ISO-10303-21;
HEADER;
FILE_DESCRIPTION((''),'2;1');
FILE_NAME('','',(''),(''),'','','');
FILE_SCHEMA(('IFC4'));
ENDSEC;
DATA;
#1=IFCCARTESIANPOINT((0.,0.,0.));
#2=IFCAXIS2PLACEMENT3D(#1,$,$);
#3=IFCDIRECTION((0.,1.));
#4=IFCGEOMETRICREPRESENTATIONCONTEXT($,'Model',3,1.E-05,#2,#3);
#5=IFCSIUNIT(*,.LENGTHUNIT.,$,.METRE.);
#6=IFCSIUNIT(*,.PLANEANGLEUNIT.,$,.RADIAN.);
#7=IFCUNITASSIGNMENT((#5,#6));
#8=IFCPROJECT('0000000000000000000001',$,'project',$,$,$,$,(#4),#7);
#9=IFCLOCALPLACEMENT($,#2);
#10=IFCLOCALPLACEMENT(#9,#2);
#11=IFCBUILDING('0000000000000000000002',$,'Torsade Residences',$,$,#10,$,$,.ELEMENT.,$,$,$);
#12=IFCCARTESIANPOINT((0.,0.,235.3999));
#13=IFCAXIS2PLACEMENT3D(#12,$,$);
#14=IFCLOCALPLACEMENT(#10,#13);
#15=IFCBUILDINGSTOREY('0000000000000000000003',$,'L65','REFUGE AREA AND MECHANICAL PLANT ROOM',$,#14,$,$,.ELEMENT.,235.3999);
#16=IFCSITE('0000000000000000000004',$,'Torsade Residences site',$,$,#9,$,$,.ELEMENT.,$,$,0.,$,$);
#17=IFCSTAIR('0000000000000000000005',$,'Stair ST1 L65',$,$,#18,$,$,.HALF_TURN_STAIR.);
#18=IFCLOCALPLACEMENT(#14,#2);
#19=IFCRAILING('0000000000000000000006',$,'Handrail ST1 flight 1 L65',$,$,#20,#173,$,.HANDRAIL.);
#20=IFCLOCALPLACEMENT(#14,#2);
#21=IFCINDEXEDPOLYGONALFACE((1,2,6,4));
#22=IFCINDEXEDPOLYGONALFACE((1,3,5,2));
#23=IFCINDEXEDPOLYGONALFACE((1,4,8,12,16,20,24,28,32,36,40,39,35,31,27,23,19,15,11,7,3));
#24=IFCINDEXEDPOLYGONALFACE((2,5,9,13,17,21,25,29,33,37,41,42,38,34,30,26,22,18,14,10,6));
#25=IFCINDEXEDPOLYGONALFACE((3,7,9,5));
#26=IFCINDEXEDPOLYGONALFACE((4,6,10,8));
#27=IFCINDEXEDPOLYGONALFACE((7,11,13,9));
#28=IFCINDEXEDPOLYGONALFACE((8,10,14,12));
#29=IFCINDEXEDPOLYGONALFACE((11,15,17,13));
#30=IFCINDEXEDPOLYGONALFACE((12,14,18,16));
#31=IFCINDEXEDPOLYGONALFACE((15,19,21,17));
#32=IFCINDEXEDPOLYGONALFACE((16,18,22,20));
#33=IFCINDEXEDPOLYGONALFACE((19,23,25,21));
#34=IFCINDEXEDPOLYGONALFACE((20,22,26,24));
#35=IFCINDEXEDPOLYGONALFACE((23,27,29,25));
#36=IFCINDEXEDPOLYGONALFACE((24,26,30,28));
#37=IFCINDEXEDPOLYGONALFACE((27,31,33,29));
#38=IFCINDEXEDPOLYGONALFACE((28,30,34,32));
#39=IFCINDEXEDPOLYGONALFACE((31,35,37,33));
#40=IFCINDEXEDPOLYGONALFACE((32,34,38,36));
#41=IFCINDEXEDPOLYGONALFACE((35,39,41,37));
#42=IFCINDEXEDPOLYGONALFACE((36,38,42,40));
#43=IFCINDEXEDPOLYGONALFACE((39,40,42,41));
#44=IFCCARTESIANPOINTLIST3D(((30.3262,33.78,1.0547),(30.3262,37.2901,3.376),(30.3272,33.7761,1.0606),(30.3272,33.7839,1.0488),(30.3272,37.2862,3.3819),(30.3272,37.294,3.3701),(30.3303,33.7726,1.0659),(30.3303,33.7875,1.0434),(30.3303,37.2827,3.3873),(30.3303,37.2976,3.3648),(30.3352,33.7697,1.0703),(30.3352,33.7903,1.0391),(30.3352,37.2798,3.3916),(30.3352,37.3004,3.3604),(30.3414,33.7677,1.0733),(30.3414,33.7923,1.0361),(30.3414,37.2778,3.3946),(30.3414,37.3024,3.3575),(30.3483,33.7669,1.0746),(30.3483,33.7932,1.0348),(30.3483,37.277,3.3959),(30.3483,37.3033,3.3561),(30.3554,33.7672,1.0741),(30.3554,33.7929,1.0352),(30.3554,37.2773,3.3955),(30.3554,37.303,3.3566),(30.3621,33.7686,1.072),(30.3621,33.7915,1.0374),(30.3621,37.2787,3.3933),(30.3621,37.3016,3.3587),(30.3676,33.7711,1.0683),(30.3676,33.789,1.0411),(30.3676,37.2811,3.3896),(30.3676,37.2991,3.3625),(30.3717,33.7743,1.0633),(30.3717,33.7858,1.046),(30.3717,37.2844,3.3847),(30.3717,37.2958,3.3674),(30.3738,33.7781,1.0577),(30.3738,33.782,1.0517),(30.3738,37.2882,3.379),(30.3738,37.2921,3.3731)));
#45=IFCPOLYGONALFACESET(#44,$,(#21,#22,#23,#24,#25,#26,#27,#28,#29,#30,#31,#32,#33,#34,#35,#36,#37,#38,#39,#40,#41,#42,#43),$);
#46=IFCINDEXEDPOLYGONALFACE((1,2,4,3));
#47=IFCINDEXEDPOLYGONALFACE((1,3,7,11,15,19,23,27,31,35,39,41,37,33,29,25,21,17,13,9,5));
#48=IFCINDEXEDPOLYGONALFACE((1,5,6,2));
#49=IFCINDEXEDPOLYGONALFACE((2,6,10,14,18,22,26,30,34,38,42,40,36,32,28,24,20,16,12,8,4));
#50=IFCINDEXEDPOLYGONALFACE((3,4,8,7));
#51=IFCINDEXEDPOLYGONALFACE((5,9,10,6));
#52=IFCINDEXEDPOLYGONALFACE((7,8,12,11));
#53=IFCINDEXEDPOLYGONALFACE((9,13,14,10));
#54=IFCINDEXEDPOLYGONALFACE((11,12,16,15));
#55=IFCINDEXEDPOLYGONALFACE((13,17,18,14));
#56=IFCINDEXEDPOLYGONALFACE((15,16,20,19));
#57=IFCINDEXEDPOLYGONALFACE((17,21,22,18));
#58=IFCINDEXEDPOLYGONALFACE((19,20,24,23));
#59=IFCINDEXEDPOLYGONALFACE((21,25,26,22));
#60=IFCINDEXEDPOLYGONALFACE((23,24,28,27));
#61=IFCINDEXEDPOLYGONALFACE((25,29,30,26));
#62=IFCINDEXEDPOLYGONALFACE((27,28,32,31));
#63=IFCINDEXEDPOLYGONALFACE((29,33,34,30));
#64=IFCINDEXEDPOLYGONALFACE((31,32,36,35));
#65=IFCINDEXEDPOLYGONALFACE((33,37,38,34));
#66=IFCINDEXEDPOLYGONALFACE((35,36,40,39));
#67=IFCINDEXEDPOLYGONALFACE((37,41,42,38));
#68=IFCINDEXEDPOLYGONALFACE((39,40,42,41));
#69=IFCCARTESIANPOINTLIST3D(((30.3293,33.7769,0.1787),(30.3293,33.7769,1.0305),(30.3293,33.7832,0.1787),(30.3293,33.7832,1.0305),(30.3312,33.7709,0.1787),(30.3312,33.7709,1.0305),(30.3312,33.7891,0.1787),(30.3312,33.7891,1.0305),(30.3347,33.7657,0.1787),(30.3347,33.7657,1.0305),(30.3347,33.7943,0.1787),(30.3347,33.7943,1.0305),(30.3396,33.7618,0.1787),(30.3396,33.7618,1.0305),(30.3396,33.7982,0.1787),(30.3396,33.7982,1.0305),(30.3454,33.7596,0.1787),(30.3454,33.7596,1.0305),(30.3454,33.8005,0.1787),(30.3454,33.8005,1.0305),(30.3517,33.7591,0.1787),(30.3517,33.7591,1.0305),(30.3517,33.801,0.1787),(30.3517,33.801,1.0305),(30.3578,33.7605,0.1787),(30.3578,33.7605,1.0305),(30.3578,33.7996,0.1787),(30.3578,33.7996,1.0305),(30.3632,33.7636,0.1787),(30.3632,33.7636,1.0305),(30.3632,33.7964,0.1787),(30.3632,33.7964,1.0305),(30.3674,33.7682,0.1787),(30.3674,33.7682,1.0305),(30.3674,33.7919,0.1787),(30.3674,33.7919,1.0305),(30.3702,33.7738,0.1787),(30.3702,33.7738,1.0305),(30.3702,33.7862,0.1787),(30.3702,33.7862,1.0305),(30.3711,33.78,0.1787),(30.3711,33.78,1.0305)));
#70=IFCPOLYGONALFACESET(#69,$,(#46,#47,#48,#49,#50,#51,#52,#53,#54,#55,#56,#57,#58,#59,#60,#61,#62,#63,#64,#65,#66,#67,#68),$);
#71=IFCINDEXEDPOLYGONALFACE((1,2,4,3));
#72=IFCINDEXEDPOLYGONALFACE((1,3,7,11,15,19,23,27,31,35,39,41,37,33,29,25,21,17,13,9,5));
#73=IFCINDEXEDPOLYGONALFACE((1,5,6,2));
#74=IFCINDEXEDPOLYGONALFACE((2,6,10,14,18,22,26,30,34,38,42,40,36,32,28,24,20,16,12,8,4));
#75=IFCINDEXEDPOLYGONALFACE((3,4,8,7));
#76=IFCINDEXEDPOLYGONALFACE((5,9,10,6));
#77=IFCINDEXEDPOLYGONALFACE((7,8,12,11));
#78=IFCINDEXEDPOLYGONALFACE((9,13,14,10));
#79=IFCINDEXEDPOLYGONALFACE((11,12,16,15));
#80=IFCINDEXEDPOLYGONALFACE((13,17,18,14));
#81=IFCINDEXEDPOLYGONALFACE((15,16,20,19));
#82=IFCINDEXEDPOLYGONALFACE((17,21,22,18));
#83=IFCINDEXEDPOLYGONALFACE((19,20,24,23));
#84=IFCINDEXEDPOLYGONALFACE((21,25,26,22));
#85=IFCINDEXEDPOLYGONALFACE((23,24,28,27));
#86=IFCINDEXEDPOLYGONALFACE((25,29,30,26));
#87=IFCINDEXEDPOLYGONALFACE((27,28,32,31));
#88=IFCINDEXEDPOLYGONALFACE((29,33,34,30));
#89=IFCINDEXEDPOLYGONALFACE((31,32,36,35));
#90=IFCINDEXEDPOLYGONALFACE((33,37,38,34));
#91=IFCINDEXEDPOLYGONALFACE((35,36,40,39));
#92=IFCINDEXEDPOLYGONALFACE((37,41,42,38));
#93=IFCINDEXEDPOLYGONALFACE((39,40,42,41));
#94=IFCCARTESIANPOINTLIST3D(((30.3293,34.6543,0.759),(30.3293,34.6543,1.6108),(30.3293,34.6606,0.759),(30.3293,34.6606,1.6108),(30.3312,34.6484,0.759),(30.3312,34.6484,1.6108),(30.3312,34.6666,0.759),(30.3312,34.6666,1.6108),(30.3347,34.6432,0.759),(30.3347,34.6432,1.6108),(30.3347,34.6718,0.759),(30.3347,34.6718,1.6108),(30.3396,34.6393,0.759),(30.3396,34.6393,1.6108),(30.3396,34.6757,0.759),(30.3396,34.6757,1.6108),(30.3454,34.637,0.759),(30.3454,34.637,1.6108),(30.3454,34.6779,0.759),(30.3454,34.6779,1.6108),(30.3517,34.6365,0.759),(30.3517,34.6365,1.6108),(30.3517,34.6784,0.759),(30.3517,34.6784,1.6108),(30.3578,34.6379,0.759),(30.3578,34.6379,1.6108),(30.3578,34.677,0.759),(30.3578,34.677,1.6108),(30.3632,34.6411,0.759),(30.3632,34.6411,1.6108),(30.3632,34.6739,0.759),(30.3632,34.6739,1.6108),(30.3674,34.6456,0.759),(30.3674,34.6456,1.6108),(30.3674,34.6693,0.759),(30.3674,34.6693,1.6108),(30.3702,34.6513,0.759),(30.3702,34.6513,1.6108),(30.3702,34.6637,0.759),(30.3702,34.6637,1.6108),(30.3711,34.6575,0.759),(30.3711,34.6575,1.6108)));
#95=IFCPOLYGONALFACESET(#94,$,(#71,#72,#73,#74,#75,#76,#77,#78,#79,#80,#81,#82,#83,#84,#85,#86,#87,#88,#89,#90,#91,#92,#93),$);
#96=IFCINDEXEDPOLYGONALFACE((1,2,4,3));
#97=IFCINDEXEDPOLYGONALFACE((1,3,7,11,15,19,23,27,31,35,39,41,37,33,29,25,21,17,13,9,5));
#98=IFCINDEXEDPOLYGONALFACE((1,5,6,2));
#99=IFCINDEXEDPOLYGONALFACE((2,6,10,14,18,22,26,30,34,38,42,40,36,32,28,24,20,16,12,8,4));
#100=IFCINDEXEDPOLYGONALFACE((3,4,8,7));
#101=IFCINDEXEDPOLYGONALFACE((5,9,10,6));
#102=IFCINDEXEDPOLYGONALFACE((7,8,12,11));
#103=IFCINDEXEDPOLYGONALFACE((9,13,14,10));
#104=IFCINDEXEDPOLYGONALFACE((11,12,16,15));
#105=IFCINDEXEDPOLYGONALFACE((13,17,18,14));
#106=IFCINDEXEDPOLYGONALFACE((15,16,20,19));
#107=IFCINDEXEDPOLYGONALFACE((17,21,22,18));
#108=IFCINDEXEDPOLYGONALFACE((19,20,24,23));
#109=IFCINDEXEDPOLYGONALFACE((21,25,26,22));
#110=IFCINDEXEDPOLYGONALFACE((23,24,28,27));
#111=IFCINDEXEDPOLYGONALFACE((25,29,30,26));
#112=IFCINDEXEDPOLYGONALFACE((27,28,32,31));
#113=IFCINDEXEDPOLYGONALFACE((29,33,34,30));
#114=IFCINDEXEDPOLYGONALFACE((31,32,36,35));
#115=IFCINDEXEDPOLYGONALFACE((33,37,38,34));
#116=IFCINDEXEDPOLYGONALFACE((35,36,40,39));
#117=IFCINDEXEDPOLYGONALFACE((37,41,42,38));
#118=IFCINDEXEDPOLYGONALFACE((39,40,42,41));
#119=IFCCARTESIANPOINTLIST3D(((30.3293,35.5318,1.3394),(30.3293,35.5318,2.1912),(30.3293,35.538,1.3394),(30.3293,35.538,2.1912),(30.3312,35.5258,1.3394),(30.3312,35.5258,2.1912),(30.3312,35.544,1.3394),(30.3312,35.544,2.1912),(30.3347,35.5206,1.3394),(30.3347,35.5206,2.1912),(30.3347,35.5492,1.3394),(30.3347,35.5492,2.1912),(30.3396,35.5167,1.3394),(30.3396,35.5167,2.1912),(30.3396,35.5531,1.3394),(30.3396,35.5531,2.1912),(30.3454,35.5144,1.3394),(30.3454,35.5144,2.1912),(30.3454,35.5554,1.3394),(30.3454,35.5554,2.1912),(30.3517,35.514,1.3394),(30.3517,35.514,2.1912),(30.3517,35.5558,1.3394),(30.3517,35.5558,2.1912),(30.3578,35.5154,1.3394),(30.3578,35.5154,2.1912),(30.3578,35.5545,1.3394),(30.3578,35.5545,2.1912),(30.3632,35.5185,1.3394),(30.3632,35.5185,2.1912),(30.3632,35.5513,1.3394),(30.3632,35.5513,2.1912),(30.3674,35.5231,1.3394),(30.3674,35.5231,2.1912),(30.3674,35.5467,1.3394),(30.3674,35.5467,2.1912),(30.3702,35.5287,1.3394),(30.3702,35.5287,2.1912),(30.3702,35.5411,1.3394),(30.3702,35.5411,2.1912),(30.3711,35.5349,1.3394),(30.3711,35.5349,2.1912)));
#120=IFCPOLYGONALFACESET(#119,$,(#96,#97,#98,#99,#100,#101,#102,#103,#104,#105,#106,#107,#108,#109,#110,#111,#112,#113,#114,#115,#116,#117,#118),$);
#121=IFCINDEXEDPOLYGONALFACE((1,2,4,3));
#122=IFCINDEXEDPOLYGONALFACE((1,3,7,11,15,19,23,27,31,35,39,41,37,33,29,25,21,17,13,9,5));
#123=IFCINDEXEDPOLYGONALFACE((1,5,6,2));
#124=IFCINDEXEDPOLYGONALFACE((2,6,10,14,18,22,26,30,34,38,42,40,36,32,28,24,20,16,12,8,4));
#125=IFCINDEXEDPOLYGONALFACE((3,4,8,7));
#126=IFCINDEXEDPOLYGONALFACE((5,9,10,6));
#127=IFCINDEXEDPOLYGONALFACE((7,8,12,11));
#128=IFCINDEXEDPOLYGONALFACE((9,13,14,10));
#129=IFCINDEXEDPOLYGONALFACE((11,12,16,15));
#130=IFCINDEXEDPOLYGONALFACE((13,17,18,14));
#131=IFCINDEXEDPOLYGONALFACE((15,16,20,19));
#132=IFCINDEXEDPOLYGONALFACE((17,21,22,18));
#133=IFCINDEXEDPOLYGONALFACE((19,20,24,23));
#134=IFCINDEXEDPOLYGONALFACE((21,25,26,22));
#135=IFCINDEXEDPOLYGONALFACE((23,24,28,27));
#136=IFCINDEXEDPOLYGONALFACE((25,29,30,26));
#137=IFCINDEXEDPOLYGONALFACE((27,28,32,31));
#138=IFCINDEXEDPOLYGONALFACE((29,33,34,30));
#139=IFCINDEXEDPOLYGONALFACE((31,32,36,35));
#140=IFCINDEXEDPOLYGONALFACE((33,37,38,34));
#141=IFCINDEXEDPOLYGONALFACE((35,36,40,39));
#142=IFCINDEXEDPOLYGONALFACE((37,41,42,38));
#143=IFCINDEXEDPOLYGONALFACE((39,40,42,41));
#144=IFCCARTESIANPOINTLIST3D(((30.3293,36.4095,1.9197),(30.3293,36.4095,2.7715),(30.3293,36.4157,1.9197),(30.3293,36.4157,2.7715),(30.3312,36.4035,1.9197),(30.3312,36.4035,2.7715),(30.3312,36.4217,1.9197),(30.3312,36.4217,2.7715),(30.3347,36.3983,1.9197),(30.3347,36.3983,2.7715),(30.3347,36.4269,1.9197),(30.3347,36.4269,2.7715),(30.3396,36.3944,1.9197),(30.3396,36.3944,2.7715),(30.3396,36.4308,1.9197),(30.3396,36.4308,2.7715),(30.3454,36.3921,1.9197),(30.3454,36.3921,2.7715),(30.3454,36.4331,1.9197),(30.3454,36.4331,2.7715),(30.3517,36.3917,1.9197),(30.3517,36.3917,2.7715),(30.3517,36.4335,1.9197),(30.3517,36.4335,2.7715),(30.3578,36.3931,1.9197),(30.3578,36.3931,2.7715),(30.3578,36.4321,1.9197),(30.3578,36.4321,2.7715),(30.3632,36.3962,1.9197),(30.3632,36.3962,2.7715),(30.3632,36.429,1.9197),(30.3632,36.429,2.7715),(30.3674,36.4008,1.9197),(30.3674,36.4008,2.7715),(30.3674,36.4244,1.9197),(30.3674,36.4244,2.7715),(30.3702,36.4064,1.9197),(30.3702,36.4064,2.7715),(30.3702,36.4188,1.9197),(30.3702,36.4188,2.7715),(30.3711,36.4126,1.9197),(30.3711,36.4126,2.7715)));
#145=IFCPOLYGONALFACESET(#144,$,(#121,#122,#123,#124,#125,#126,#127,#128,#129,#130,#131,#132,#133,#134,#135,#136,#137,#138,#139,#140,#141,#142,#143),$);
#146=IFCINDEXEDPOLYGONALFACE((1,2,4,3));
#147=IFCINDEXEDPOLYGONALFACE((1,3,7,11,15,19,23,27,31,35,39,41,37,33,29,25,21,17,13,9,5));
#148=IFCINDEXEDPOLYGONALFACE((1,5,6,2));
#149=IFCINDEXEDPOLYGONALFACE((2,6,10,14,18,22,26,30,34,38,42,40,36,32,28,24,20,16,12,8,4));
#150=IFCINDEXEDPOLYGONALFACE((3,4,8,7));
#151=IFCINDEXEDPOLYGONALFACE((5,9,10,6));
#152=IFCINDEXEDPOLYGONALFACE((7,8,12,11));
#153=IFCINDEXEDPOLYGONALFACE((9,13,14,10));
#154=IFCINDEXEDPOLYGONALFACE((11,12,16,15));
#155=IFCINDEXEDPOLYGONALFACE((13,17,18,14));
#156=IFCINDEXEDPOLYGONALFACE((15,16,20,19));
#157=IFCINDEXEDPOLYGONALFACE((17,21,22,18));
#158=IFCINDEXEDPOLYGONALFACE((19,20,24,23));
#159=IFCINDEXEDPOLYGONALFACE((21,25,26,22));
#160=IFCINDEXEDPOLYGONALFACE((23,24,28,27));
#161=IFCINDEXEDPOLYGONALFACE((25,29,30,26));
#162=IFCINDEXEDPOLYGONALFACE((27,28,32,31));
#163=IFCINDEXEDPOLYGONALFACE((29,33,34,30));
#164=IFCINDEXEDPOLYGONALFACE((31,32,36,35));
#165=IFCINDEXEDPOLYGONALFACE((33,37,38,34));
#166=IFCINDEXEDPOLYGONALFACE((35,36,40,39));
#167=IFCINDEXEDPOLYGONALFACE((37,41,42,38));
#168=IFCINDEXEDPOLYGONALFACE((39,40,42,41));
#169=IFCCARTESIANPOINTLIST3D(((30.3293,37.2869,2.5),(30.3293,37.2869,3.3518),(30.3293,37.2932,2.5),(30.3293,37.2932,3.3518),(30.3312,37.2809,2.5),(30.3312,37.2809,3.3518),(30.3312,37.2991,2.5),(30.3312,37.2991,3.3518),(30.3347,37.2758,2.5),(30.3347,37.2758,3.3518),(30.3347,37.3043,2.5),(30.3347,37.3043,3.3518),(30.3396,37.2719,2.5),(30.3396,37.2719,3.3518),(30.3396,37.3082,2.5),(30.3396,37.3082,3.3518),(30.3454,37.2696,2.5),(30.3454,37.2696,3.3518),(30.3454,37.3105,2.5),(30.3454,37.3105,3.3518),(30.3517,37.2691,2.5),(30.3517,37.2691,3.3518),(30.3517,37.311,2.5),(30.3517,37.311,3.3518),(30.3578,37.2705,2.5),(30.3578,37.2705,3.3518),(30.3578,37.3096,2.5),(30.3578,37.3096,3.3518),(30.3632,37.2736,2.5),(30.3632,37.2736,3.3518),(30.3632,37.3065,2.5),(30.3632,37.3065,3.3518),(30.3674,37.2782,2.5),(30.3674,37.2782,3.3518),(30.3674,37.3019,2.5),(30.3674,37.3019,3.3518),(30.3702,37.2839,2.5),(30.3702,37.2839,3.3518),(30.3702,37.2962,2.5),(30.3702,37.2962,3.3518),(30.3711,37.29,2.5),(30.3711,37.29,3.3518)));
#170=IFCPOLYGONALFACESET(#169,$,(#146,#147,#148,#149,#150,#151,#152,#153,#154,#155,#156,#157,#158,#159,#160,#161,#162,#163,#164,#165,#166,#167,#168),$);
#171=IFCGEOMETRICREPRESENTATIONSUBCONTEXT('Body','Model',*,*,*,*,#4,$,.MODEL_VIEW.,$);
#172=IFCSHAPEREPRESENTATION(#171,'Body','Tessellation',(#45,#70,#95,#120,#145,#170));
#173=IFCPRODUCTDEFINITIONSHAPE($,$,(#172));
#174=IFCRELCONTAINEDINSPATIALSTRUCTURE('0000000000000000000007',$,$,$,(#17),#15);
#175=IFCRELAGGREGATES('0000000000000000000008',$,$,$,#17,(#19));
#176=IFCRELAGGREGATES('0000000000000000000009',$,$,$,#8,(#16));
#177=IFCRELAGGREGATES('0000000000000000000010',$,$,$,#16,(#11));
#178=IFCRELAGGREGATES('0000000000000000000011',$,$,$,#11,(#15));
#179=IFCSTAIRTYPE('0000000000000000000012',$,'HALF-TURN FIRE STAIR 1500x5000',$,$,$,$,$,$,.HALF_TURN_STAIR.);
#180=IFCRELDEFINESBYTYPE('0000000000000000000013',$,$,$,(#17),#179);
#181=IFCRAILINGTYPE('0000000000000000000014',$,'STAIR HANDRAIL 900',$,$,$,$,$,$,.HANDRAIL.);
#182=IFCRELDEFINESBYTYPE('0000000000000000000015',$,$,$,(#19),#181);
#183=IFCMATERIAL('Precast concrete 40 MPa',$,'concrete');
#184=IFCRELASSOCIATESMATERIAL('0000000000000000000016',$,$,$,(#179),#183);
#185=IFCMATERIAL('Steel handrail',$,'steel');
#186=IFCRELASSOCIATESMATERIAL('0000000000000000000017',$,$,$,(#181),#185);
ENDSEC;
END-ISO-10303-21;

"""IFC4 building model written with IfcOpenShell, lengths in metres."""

from ifc_helpers import new_model, si_unit, direction, frame, origin, origin_2d, place, context, subcontext, project, spatial, circle, extrude, material, type_object, element, aggregate, save


model = new_model("IFC4")

# Units and contexts
model_context = context("Model", 3, precision=1e-05, world=origin(), true_north=direction((0.0, 1.0)))
body_context = subcontext(model_context, "Body", "Model", "MODEL_VIEW")
ifc_project = project(units=[si_unit("LENGTHUNIT", "METRE"), si_unit("PLANEANGLEUNIT", "RADIAN")], contexts=[model_context])

# Site, building, storey
site_placement = place(None, origin())
site = spatial("IfcSite", under=ifc_project, at=site_placement, Name="Torsade Residences site", CompositionType="ELEMENT", RefElevation=0.0)
building_placement = place(site_placement, origin())
building = spatial("IfcBuilding", under=site, at=building_placement, Name="Torsade Residences", CompositionType="ELEMENT")
storey_placement = place(building_placement, frame((0.0, 0.0, 235.3999)))
storey = spatial("IfcBuildingStorey", under=building, at=storey_placement, Name="L65", Description="REFUGE AREA AND MECHANICAL PLANT ROOM", CompositionType="ELEMENT", Elevation=235.3999)

# Stair, railing
ifc_material_1 = material(Name="Precast concrete 40 MPa", Category="concrete")
stair_type = type_object("IfcStairType", Name="HALF-TURN FIRE STAIR 1500x5000", PredefinedType="HALF_TURN_STAIR", material=ifc_material_1)
stair_placement = place(storey_placement, origin())
stair = element("IfcStair", 1, at=stair_placement, inside=storey, type_object=stair_type, Name="Stair ST1 L65", PredefinedType="HALF_TURN_STAIR")
ifc_material_2 = material(Name="Steel handrail", Category="steel")
railing_type = type_object("IfcRailingType", Name="STAIR HANDRAIL 900", PredefinedType="HANDRAIL", material=ifc_material_2)
railing_1_placement = place(storey_placement, frame((30.3501, 33.78, 0.1787)))
railing_1 = element("IfcRailing", 2, at=railing_1_placement, type_object=railing_type, Name="Handrail ST1 flight 1 L65", PredefinedType="HANDRAIL", context=body_context, shape_type="SweptSolid", body=[
    extrude(circle(Radius=0.0239, at=origin_2d()), frame((0.0, 0.0, 0.876), z_axis=(0.0, 0.834097, 0.551617), x_axis=(-1.0, 0.0, 0.0)), (0.0, 0.0, 1.0), 4.2083),
    extrude(circle(Radius=0.021, at=origin_2d()), origin(), (0.0, 0.0, 1.0), 0.8518),
    extrude(circle(Radius=0.021, at=origin_2d()), frame((0.0, 0.8774, 0.5803)), (0.0, 0.0, 1.0), 0.8518),
    extrude(circle(Radius=0.021, at=origin_2d()), frame((0.0, 1.7549, 1.1606)), (0.0, 0.0, 1.0), 0.8518),
    extrude(circle(Radius=0.021, at=origin_2d()), frame((0.0, 2.6326, 1.741)), (0.0, 0.0, 1.0), 0.8518),
    extrude(circle(Radius=0.021, at=origin_2d()), frame((0.0, 3.51, 2.3213)), (0.0, 0.0, 1.0), 0.8518),
])
aggregate(stair, [railing_1])

save(model, "model.ifc")
